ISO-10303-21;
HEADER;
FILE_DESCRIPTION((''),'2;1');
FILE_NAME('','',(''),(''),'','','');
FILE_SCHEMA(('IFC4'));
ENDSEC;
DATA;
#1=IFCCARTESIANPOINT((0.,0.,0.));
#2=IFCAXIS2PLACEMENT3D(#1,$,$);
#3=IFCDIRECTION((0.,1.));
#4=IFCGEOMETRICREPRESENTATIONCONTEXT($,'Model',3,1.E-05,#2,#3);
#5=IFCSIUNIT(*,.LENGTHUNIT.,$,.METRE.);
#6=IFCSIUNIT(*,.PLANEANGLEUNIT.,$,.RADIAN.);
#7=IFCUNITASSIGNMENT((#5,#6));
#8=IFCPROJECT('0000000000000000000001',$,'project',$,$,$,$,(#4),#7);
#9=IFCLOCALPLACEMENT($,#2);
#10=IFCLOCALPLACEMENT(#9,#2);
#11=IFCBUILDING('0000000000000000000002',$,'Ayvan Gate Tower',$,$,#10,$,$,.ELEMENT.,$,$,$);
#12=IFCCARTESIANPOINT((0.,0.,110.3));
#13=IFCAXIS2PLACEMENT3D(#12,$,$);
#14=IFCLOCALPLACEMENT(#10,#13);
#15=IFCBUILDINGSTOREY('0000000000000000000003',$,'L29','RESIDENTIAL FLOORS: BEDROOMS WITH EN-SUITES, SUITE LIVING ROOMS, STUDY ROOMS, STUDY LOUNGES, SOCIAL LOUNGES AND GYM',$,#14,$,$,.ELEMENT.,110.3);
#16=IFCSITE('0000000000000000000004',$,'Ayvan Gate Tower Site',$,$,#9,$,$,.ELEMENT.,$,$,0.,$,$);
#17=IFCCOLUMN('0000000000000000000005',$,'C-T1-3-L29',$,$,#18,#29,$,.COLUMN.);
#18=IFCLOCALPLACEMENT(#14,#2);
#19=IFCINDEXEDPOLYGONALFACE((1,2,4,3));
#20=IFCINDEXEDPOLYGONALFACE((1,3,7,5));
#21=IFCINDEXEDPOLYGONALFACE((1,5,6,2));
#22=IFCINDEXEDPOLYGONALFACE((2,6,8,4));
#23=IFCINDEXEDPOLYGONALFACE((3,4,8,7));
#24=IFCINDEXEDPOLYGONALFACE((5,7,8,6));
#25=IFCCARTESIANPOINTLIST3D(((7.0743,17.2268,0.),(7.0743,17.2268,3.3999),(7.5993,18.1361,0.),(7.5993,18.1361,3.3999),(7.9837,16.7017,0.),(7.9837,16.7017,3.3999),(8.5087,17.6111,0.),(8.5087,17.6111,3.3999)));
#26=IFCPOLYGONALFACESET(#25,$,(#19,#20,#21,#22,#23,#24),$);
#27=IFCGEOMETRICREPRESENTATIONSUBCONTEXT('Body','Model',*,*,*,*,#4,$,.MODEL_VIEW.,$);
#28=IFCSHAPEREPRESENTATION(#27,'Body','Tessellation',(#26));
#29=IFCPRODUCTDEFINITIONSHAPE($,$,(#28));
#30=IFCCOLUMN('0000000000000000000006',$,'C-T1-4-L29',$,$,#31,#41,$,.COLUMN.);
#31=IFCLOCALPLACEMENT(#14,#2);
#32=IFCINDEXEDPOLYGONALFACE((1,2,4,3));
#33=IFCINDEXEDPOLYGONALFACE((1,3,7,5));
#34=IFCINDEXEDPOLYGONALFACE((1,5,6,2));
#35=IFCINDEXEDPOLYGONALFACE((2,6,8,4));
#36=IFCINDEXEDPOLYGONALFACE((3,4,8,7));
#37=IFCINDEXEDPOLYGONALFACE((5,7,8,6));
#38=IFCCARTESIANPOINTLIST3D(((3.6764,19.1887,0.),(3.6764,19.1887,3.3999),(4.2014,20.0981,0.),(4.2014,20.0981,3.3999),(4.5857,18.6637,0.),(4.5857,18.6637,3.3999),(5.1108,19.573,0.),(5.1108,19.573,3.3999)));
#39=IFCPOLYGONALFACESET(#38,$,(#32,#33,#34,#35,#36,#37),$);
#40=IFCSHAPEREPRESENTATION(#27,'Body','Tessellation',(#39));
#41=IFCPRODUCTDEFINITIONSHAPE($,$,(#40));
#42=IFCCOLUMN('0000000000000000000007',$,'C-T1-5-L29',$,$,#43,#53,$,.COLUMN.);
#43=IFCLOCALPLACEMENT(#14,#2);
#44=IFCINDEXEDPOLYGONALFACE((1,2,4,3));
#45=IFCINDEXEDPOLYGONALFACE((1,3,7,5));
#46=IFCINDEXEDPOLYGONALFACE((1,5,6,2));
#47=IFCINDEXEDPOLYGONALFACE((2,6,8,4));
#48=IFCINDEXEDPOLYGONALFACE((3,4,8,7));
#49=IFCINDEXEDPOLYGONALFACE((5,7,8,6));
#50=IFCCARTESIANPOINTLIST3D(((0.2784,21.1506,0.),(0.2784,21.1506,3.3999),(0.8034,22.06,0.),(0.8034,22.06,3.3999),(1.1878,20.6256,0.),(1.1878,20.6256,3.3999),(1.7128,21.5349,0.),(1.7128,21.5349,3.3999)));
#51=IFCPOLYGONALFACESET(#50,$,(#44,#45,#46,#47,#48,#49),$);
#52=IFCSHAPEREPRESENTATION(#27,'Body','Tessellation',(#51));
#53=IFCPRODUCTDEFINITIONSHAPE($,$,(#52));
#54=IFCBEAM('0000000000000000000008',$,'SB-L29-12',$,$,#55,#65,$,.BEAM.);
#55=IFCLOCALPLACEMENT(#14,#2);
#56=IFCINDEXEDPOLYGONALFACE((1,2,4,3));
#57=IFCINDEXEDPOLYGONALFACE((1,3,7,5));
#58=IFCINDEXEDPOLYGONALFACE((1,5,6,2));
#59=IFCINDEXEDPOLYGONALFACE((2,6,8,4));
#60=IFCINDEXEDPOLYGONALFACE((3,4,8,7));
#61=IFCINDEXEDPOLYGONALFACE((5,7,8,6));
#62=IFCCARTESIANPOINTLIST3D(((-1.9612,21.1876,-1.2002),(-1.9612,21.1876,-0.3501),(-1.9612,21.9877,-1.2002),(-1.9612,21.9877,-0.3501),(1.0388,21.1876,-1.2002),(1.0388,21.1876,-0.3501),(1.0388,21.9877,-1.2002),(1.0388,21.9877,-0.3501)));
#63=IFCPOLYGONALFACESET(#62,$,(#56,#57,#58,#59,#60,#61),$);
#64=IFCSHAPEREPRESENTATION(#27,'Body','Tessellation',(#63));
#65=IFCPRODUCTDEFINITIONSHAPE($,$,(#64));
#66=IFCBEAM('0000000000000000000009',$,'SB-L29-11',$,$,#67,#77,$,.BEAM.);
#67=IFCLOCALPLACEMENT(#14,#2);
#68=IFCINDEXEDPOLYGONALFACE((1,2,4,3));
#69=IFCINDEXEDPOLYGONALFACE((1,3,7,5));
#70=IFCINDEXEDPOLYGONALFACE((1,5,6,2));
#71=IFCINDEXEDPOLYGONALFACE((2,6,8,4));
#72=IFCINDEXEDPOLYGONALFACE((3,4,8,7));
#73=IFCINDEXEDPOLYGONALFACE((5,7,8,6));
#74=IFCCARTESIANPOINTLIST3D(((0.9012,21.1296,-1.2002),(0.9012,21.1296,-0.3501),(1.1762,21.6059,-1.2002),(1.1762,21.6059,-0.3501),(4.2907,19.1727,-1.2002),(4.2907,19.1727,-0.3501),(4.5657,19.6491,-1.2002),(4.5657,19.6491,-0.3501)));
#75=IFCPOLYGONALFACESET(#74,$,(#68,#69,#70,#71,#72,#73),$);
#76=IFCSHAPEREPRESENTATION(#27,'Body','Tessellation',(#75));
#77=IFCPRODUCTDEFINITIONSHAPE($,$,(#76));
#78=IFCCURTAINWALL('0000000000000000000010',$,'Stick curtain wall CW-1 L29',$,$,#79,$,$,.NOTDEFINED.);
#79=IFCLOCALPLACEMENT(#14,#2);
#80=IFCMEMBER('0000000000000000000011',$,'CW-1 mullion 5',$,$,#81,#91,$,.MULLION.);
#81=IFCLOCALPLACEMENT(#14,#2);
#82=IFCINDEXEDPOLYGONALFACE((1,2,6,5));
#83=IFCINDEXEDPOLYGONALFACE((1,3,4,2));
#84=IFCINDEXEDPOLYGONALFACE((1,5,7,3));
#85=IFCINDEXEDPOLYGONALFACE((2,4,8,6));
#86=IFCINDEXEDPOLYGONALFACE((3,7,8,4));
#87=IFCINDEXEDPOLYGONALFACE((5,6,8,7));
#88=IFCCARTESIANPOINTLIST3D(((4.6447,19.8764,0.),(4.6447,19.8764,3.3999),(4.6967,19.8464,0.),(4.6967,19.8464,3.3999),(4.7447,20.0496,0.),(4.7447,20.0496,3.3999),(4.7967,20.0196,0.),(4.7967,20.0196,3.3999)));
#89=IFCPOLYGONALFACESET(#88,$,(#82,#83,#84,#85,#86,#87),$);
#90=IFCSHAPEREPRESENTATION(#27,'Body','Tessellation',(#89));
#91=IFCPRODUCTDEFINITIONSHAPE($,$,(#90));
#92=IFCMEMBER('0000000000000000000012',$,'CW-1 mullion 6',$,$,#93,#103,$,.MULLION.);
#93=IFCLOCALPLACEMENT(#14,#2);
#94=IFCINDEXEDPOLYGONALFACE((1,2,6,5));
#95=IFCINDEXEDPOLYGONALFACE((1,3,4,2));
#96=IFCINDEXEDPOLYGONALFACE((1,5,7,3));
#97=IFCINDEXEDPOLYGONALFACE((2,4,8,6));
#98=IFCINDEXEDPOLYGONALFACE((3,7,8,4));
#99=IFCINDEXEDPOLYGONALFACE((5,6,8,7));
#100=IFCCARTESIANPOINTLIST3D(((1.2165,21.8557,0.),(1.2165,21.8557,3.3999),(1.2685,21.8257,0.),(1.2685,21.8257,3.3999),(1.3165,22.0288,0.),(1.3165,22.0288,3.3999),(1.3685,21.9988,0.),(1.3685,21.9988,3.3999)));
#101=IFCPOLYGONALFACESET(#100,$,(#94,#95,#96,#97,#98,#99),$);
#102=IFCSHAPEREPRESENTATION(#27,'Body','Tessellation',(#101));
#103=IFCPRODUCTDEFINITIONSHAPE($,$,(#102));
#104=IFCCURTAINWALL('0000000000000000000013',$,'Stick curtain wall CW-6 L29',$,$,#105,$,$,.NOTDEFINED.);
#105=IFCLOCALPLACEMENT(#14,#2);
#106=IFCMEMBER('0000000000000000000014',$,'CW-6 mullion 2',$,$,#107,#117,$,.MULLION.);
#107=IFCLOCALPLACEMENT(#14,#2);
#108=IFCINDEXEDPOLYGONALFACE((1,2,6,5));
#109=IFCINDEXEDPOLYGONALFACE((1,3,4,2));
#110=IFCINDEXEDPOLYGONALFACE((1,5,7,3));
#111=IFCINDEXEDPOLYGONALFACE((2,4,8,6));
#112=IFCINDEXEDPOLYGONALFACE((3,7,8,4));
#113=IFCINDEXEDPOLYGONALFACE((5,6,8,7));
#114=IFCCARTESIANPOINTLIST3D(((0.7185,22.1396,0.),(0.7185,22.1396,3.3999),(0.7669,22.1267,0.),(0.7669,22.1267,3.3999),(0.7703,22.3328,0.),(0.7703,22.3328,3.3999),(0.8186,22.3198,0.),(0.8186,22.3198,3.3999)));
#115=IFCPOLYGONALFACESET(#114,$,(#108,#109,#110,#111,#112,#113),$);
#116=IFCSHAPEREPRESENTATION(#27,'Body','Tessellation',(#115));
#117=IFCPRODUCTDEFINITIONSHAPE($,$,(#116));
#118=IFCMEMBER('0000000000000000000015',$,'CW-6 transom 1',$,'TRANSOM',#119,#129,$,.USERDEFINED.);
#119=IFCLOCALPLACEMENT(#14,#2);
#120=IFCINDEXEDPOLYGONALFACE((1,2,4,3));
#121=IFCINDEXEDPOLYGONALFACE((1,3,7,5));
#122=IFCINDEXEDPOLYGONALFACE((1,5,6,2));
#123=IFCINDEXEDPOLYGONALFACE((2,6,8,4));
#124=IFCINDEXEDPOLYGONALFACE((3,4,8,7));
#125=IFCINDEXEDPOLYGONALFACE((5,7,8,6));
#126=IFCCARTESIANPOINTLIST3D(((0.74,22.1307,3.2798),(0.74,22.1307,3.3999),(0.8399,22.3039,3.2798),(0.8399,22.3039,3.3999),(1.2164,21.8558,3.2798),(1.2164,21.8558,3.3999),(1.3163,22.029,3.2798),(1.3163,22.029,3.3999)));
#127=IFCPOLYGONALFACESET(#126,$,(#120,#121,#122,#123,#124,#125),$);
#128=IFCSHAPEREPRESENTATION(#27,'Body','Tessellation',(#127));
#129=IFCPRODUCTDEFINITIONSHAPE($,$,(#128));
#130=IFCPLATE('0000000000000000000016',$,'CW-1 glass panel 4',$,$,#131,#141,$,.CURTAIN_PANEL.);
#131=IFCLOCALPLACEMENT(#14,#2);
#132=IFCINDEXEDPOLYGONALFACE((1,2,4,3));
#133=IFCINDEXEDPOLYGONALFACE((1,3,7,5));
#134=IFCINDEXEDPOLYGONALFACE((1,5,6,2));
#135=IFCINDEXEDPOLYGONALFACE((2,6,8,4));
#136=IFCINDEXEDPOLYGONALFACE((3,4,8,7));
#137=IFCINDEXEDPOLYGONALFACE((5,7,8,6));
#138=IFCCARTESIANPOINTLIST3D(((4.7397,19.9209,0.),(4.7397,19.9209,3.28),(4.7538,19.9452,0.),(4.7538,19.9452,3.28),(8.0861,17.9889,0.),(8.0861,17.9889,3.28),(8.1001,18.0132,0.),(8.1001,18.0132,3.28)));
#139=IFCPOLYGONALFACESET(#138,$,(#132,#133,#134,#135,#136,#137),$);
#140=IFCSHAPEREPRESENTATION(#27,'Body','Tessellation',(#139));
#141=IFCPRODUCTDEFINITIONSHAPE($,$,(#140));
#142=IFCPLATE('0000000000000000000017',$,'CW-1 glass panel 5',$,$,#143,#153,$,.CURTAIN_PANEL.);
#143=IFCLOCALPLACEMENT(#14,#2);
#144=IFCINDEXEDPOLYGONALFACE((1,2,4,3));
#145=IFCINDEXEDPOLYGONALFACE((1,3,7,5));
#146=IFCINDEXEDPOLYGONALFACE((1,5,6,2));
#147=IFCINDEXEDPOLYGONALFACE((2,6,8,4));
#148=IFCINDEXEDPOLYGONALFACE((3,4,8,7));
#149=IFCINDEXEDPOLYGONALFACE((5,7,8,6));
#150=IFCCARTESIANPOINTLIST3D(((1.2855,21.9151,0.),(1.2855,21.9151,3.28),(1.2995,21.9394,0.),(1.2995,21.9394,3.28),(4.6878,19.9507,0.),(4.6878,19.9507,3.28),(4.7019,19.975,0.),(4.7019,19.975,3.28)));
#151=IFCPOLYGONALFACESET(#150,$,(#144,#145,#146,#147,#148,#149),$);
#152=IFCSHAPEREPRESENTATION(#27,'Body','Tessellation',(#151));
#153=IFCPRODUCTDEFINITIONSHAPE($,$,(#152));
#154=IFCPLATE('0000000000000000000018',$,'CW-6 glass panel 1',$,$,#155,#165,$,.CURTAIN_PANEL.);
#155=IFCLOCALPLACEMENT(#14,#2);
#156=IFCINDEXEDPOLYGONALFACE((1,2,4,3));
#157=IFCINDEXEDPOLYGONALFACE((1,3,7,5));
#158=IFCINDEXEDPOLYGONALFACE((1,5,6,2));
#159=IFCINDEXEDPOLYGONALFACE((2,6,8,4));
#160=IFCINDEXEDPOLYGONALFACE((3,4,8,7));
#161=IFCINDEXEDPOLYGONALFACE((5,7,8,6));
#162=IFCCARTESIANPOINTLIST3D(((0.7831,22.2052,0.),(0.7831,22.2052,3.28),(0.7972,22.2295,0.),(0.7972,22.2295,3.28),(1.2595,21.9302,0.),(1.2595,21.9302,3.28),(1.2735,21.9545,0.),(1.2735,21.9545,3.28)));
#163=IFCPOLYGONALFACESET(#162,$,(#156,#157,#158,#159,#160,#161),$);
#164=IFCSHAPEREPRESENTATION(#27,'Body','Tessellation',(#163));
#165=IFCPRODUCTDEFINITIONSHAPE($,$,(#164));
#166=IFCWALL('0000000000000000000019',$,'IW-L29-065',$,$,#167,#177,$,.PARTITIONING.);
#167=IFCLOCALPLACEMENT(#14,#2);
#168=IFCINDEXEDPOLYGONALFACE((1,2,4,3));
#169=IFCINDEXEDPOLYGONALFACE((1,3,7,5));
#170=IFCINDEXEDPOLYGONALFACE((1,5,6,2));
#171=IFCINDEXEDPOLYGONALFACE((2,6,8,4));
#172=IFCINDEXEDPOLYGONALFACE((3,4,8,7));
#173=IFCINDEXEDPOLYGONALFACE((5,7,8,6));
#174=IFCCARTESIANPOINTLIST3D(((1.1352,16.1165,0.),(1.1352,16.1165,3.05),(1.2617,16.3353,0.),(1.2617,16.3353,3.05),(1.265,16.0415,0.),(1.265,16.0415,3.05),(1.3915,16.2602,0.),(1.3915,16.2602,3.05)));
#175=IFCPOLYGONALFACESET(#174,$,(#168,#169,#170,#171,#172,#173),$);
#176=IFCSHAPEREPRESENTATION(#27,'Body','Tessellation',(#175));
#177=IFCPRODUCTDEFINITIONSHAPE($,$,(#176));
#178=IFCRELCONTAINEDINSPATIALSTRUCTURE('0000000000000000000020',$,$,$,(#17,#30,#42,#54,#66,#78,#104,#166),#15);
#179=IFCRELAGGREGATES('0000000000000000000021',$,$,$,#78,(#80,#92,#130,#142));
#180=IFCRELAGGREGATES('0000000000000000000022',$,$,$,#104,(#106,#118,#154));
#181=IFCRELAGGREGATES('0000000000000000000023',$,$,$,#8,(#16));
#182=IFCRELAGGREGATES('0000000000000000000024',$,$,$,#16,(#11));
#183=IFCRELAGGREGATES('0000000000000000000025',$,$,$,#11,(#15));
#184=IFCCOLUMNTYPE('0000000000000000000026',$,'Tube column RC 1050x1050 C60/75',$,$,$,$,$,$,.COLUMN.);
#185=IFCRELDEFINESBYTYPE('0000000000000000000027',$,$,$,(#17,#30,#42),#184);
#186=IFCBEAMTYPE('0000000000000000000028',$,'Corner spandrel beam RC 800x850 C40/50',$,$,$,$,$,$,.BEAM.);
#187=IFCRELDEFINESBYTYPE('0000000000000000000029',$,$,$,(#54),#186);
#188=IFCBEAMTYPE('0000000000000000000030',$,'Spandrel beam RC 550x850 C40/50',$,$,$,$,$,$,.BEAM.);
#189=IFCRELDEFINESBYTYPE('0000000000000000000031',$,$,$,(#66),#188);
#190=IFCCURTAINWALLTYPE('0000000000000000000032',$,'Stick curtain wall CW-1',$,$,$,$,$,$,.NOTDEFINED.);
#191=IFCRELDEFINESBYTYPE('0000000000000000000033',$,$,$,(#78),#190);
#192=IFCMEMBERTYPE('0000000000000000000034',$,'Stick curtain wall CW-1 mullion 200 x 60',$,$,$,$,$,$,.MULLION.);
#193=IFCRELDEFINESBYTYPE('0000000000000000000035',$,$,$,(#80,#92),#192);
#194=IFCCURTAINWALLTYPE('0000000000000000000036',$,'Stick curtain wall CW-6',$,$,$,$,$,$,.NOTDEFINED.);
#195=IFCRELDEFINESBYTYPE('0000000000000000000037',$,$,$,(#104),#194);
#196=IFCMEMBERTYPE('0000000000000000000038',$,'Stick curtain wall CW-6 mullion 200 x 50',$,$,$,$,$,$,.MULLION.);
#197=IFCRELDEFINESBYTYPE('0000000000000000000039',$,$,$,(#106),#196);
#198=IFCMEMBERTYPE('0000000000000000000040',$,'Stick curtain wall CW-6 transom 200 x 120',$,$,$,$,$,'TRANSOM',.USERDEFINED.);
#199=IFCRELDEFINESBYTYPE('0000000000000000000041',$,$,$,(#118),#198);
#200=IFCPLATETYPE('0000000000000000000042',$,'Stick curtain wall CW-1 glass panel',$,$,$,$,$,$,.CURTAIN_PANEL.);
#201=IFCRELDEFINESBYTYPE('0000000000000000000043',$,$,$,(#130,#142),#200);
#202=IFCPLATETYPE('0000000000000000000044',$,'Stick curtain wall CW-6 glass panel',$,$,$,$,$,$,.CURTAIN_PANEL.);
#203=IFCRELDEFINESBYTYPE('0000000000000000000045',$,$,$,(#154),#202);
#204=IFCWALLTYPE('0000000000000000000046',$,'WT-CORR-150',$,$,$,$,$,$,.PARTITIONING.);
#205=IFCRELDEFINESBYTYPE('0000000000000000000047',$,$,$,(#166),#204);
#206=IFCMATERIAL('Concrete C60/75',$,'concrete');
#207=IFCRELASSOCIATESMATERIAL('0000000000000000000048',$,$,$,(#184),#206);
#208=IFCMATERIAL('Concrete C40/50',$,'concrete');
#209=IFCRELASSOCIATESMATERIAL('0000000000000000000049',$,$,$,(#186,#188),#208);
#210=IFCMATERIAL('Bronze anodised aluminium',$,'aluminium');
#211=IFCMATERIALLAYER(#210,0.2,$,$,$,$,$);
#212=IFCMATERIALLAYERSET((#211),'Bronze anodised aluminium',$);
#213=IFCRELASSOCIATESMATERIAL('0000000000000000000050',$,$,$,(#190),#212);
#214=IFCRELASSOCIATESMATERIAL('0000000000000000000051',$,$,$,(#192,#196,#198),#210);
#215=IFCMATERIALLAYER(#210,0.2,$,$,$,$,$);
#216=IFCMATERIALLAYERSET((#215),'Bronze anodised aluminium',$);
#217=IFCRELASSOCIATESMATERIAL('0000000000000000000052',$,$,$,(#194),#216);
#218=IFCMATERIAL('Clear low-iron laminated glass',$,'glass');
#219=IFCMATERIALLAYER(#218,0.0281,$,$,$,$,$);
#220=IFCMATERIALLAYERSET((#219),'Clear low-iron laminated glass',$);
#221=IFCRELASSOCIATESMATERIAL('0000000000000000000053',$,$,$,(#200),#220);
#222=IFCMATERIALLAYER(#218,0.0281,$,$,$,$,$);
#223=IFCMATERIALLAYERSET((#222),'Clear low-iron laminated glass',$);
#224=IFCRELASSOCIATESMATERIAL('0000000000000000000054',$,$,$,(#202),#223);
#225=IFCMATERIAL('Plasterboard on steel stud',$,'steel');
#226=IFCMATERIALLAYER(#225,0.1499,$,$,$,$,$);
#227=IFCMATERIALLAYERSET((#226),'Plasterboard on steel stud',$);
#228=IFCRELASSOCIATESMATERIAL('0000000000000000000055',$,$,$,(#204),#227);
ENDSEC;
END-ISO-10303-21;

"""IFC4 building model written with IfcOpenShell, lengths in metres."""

from ifc_helpers import new_model, si_unit, direction, frame, frame_2d, origin, origin_2d, place, context, subcontext, project, spatial, rectangle, extrude, material, layer, layer_set, material_profile, profile_set, type_object, element, aggregate, save


model = new_model("IFC4")

# Units and contexts
model_context = context("Model", 3, precision=1e-05, world=origin(), true_north=direction((0.0, 1.0)))
body_context = subcontext(model_context, "Body", "Model", "MODEL_VIEW")
ifc_project = project(units=[si_unit("LENGTHUNIT", "METRE"), si_unit("PLANEANGLEUNIT", "RADIAN")], contexts=[model_context])

# Site, building, storey
site_placement = place(None, origin())
site = spatial("IfcSite", under=ifc_project, at=site_placement, Name="Ayvan Gate Tower Site", CompositionType="ELEMENT", RefElevation=0.0)
building_placement = place(site_placement, origin())
building = spatial("IfcBuilding", under=site, at=building_placement, Name="Ayvan Gate Tower", CompositionType="ELEMENT")
storey_placement = place(building_placement, frame((0.0, 0.0, 110.3)))
storey = spatial("IfcBuildingStorey", under=building, at=storey_placement, Name="L29", Description="RESIDENTIAL FLOORS: BEDROOMS WITH EN-SUITES, SUITE LIVING ROOMS, STUDY ROOMS, STUDY LOUNGES, SOCIAL LOUNGES AND GYM", CompositionType="ELEMENT", Elevation=110.3)

# Columns
ifc_material_1 = material(Name="Concrete C60/75", Category="concrete")
ifc_material_profile_1 = material_profile(ifc_material_1, rectangle(XDim=1.05, YDim=1.05, at=origin_2d()), Name="RC 1050x1050")
ifc_profile_set_1 = profile_set([ifc_material_profile_1], Name="Concrete C60/75")
column_type = type_object("IfcColumnType", Name="Tube column RC 1050x1050 C60/75", PredefinedType="COLUMN", material=ifc_profile_set_1)
for number, where, z_axis, x_axis, name in (
    (1, (7.7915, 17.4189, 0.0), (0.0, 0.0, 1.0), (0.5, 0.866025, 0.0), "C-T1-3-L29"),
    (2, (4.3936, 19.3809, 0.0), (0.0, 0.0, 1.0), (0.5, 0.866025, 0.0), "C-T1-4-L29"),
    (3, (0.9956, 21.3428, 0.0), (0.0, 0.0, 1.0), (0.5, 0.866025, 0.0), "C-T1-5-L29"),
):
    element("IfcColumn", number, at=place(storey_placement, frame(where, z_axis=z_axis, x_axis=x_axis)), inside=storey, type_object=column_type, Name=name, PredefinedType="COLUMN", context=body_context, shape_type="SweptSolid", body=[
        extrude(rectangle(XDim=1.05, YDim=1.05, at=origin_2d()), origin(), (0.0, 0.0, 1.0), 3.3999),
    ])

# Beams
ifc_material_2 = material(Name="Concrete C40/50", Category="concrete")
ifc_material_profile_2 = material_profile(ifc_material_2, rectangle(XDim=0.8, YDim=0.8501, at=origin_2d()), Name="RC 800x850")
ifc_profile_set_2 = profile_set([ifc_material_profile_2], Name="Concrete C40/50")
beam_type_1 = type_object("IfcBeamType", Name="Corner spandrel beam RC 800x850 C40/50", PredefinedType="BEAM", material=ifc_profile_set_2)
beam_1_placement = place(storey_placement, frame((1.0388, 21.5876, -0.7751), z_axis=(-1.0, 0.0, 0.0), x_axis=(0.0, -1.0, 0.0)))
element("IfcBeam", 4, at=beam_1_placement, inside=storey, type_object=beam_type_1, Name="SB-L29-12", PredefinedType="BEAM", context=body_context, shape_type="SweptSolid", body=[
    extrude(rectangle(XDim=0.8, YDim=0.8501, at=origin_2d()), origin(), (0.0, 0.0, 1.0), 3.0),
])
ifc_material_profile_3 = material_profile(ifc_material_2, rectangle(XDim=0.55, YDim=0.8501, at=origin_2d()), Name="RC 550x850")
ifc_profile_set_3 = profile_set([ifc_material_profile_3], Name="Concrete C40/50")
beam_type_2 = type_object("IfcBeamType", Name="Spandrel beam RC 550x850 C40/50", PredefinedType="BEAM", material=ifc_profile_set_3)
beam_2_placement = place(storey_placement, frame((4.4282, 19.4109, -0.7751), z_axis=(-0.866035, 0.499983, 0.0), x_axis=(-0.499983, -0.866035, 0.0)))
element("IfcBeam", 5, at=beam_2_placement, inside=storey, type_object=beam_type_2, Name="SB-L29-11", PredefinedType="BEAM", context=body_context, shape_type="SweptSolid", body=[
    extrude(rectangle(XDim=0.55, YDim=0.8501, at=origin_2d()), origin(), (0.0, 0.0, 1.0), 3.9138),
])

# Curtain walls, members
ifc_material_3 = material(Name="Bronze anodised aluminium", Category="aluminium")
ifc_layer_1 = layer(ifc_material_3, 0.2)
ifc_layer_set_1 = layer_set([ifc_layer_1], Name="Bronze anodised aluminium")
curtain_wall_type_1 = type_object("IfcCurtainWallType", Name="Stick curtain wall CW-1", PredefinedType="NOTDEFINED", material=ifc_layer_set_1)
curtain_wall_1_placement = place(storey_placement, origin())
curtain_wall_1 = element("IfcCurtainWall", 6, at=curtain_wall_1_placement, inside=storey, type_object=curtain_wall_type_1, Name="Stick curtain wall CW-1 L29", PredefinedType="NOTDEFINED")
ifc_material_profile_4 = material_profile(ifc_material_3, rectangle(XDim=0.2, YDim=0.0601, at=origin_2d()), Name="Stick curtain wall CW-1 mullion 200 x 60")
ifc_profile_set_4 = profile_set([ifc_material_profile_4], Name="Bronze anodised aluminium")
member_type_1 = type_object("IfcMemberType", Name="Stick curtain wall CW-1 mullion 200 x 60", PredefinedType="MULLION", material=ifc_profile_set_4)
member_1_placement = place(storey_placement, frame((4.7207, 19.948, 0.0), z_axis=(0.0, 0.0, 1.0), x_axis=(0.5, 0.866025, 0.0)))
member_1 = element("IfcMember", 7, at=member_1_placement, type_object=member_type_1, Name="CW-1 mullion 5", PredefinedType="MULLION", context=body_context, shape_type="SweptSolid", body=[
    extrude(rectangle(XDim=0.2, YDim=0.0601, at=origin_2d()), origin(), (0.0, 0.0, 1.0), 3.3999),
])
member_2_placement = place(storey_placement, frame((1.2925, 21.9272, 0.0), z_axis=(0.0, 0.0, 1.0), x_axis=(0.5, 0.866025, 0.0)))
member_2 = element("IfcMember", 8, at=member_2_placement, type_object=member_type_1, Name="CW-1 mullion 6", PredefinedType="MULLION", context=body_context, shape_type="SweptSolid", body=[
    extrude(rectangle(XDim=0.2, YDim=0.0601, at=origin_2d()), origin(), (0.0, 0.0, 1.0), 3.3999),
])
ifc_layer_2 = layer(ifc_material_3, 0.2)
ifc_layer_set_2 = layer_set([ifc_layer_2], Name="Bronze anodised aluminium")
curtain_wall_type_2 = type_object("IfcCurtainWallType", Name="Stick curtain wall CW-6", PredefinedType="NOTDEFINED", material=ifc_layer_set_2)
curtain_wall_2_placement = place(storey_placement, origin())
curtain_wall_2 = element("IfcCurtainWall", 9, at=curtain_wall_2_placement, inside=storey, type_object=curtain_wall_type_2, Name="Stick curtain wall CW-6 L29", PredefinedType="NOTDEFINED")
ifc_material_profile_5 = material_profile(ifc_material_3, rectangle(XDim=0.2, YDim=0.05, at=origin_2d()), Name="Stick curtain wall CW-6 mullion 200 x 50")
ifc_profile_set_5 = profile_set([ifc_material_profile_5], Name="Bronze anodised aluminium")
member_type_2 = type_object("IfcMemberType", Name="Stick curtain wall CW-6 mullion 200 x 50", PredefinedType="MULLION", material=ifc_profile_set_5)
member_3_placement = place(storey_placement, frame((0.7686, 22.2297, 0.0), z_axis=(0.0, 0.0, 1.0), x_axis=(0.258819, 0.965926, 0.0)))
member_3 = element("IfcMember", 10, at=member_3_placement, type_object=member_type_2, Name="CW-6 mullion 2", PredefinedType="MULLION", context=body_context, shape_type="SweptSolid", body=[
    extrude(rectangle(XDim=0.2, YDim=0.05, at=origin_2d()), origin(), (0.0, 0.0, 1.0), 3.3999),
])
ifc_material_profile_6 = material_profile(ifc_material_3, rectangle(XDim=0.2, YDim=0.1201, at=origin_2d()), Name="Stick curtain wall CW-6 transom 200 x 120")
ifc_profile_set_6 = profile_set([ifc_material_profile_6], Name="Bronze anodised aluminium")
member_type_3 = type_object("IfcMemberType", Name="Stick curtain wall CW-6 transom 200 x 120", ElementType="TRANSOM", PredefinedType="USERDEFINED", material=ifc_profile_set_6)
member_4_placement = place(storey_placement, frame((1.2664, 21.9424, 3.3398), z_axis=(-0.866104, 0.499863, 0.0), x_axis=(-0.499863, -0.866104, 0.0)))
member_4 = element("IfcMember", 11, at=member_4_placement, type_object=member_type_3, Name="CW-6 transom 1", ObjectType="TRANSOM", PredefinedType="USERDEFINED", context=body_context, shape_type="SweptSolid", body=[
    extrude(rectangle(XDim=0.2, YDim=0.1201, at=origin_2d()), origin(), (0.0, 0.0, 1.0), 0.55),
])

# Plates
ifc_material_4 = material(Name="Clear low-iron laminated glass", Category="glass")
ifc_layer_3 = layer(ifc_material_4, 0.0281)
ifc_layer_set_3 = layer_set([ifc_layer_3], Name="Clear low-iron laminated glass")
plate_type_1 = type_object("IfcPlateType", Name="Stick curtain wall CW-1 glass panel", PredefinedType="CURTAIN_PANEL", material=ifc_layer_set_3)
plate_1_placement = place(storey_placement, frame((6.4199, 18.967, 0.0), z_axis=(0.0, 0.0, 1.0), x_axis=(-0.866025, 0.5, 0.0)))
plate_1 = element("IfcPlate", 12, at=plate_1_placement, type_object=plate_type_1, Name="CW-1 glass panel 4", PredefinedType="CURTAIN_PANEL", context=body_context, shape_type="SweptSolid", body=[
    extrude(rectangle(XDim=3.864, YDim=0.0281, at=origin_2d()), origin(), (0.0, 0.0, 1.0), 3.28),
])
plate_2_placement = place(storey_placement, frame((2.9937, 20.9451, 0.0), z_axis=(0.0, 0.0, 1.0), x_axis=(-0.866025, 0.5, 0.0)))
plate_2 = element("IfcPlate", 13, at=plate_2_placement, type_object=plate_type_1, Name="CW-1 glass panel 5", PredefinedType="CURTAIN_PANEL", context=body_context, shape_type="SweptSolid", body=[
    extrude(rectangle(XDim=3.9287, YDim=0.0281, at=origin_2d()), origin(), (0.0, 0.0, 1.0), 3.28),
])
aggregate(curtain_wall_1, [member_1, member_2, plate_1, plate_2])
ifc_layer_4 = layer(ifc_material_4, 0.0281)
ifc_layer_set_4 = layer_set([ifc_layer_4], Name="Clear low-iron laminated glass")
plate_type_2 = type_object("IfcPlateType", Name="Stick curtain wall CW-6 glass panel", PredefinedType="CURTAIN_PANEL", material=ifc_layer_set_4)
plate_3_placement = place(storey_placement, frame((1.0283, 22.0798, 0.0), z_axis=(0.0, 0.0, 1.0), x_axis=(-0.866025, 0.5, 0.0)))
plate_3 = element("IfcPlate", 14, at=plate_3_placement, type_object=plate_type_2, Name="CW-6 glass panel 1", PredefinedType="CURTAIN_PANEL", context=body_context, shape_type="SweptSolid", body=[
    extrude(rectangle(XDim=0.55, YDim=0.0281, at=origin_2d()), origin(), (0.0, 0.0, 1.0), 3.28),
])
aggregate(curtain_wall_2, [member_3, member_4, plate_3])

# Wall
ifc_material_5 = material(Name="Plasterboard on steel stud", Category="steel")
ifc_layer_5 = layer(ifc_material_5, 0.1499)
ifc_layer_set_5 = layer_set([ifc_layer_5], Name="Plasterboard on steel stud")
wall_type_1 = type_object("IfcWallType", Name="WT-CORR-150", PredefinedType="PARTITIONING", material=ifc_layer_set_5)
wall_1_placement = place(storey_placement, frame((1.3267, 16.2979, 0.0), z_axis=(0.0, 0.0, 1.0), x_axis=(-0.500503, -0.865735, 0.0)))
element("IfcWall", 15, at=wall_1_placement, inside=storey, type_object=wall_type_1, Name="IW-L29-065", PredefinedType="PARTITIONING", context=body_context, shape_type="SweptSolid", body=[
    extrude(rectangle(XDim=0.2527, YDim=0.1499, at=frame_2d((0.1265, 0.0))), origin(), (0.0, 0.0, 1.0), 3.05),
])

save(model, "model.ifc")
